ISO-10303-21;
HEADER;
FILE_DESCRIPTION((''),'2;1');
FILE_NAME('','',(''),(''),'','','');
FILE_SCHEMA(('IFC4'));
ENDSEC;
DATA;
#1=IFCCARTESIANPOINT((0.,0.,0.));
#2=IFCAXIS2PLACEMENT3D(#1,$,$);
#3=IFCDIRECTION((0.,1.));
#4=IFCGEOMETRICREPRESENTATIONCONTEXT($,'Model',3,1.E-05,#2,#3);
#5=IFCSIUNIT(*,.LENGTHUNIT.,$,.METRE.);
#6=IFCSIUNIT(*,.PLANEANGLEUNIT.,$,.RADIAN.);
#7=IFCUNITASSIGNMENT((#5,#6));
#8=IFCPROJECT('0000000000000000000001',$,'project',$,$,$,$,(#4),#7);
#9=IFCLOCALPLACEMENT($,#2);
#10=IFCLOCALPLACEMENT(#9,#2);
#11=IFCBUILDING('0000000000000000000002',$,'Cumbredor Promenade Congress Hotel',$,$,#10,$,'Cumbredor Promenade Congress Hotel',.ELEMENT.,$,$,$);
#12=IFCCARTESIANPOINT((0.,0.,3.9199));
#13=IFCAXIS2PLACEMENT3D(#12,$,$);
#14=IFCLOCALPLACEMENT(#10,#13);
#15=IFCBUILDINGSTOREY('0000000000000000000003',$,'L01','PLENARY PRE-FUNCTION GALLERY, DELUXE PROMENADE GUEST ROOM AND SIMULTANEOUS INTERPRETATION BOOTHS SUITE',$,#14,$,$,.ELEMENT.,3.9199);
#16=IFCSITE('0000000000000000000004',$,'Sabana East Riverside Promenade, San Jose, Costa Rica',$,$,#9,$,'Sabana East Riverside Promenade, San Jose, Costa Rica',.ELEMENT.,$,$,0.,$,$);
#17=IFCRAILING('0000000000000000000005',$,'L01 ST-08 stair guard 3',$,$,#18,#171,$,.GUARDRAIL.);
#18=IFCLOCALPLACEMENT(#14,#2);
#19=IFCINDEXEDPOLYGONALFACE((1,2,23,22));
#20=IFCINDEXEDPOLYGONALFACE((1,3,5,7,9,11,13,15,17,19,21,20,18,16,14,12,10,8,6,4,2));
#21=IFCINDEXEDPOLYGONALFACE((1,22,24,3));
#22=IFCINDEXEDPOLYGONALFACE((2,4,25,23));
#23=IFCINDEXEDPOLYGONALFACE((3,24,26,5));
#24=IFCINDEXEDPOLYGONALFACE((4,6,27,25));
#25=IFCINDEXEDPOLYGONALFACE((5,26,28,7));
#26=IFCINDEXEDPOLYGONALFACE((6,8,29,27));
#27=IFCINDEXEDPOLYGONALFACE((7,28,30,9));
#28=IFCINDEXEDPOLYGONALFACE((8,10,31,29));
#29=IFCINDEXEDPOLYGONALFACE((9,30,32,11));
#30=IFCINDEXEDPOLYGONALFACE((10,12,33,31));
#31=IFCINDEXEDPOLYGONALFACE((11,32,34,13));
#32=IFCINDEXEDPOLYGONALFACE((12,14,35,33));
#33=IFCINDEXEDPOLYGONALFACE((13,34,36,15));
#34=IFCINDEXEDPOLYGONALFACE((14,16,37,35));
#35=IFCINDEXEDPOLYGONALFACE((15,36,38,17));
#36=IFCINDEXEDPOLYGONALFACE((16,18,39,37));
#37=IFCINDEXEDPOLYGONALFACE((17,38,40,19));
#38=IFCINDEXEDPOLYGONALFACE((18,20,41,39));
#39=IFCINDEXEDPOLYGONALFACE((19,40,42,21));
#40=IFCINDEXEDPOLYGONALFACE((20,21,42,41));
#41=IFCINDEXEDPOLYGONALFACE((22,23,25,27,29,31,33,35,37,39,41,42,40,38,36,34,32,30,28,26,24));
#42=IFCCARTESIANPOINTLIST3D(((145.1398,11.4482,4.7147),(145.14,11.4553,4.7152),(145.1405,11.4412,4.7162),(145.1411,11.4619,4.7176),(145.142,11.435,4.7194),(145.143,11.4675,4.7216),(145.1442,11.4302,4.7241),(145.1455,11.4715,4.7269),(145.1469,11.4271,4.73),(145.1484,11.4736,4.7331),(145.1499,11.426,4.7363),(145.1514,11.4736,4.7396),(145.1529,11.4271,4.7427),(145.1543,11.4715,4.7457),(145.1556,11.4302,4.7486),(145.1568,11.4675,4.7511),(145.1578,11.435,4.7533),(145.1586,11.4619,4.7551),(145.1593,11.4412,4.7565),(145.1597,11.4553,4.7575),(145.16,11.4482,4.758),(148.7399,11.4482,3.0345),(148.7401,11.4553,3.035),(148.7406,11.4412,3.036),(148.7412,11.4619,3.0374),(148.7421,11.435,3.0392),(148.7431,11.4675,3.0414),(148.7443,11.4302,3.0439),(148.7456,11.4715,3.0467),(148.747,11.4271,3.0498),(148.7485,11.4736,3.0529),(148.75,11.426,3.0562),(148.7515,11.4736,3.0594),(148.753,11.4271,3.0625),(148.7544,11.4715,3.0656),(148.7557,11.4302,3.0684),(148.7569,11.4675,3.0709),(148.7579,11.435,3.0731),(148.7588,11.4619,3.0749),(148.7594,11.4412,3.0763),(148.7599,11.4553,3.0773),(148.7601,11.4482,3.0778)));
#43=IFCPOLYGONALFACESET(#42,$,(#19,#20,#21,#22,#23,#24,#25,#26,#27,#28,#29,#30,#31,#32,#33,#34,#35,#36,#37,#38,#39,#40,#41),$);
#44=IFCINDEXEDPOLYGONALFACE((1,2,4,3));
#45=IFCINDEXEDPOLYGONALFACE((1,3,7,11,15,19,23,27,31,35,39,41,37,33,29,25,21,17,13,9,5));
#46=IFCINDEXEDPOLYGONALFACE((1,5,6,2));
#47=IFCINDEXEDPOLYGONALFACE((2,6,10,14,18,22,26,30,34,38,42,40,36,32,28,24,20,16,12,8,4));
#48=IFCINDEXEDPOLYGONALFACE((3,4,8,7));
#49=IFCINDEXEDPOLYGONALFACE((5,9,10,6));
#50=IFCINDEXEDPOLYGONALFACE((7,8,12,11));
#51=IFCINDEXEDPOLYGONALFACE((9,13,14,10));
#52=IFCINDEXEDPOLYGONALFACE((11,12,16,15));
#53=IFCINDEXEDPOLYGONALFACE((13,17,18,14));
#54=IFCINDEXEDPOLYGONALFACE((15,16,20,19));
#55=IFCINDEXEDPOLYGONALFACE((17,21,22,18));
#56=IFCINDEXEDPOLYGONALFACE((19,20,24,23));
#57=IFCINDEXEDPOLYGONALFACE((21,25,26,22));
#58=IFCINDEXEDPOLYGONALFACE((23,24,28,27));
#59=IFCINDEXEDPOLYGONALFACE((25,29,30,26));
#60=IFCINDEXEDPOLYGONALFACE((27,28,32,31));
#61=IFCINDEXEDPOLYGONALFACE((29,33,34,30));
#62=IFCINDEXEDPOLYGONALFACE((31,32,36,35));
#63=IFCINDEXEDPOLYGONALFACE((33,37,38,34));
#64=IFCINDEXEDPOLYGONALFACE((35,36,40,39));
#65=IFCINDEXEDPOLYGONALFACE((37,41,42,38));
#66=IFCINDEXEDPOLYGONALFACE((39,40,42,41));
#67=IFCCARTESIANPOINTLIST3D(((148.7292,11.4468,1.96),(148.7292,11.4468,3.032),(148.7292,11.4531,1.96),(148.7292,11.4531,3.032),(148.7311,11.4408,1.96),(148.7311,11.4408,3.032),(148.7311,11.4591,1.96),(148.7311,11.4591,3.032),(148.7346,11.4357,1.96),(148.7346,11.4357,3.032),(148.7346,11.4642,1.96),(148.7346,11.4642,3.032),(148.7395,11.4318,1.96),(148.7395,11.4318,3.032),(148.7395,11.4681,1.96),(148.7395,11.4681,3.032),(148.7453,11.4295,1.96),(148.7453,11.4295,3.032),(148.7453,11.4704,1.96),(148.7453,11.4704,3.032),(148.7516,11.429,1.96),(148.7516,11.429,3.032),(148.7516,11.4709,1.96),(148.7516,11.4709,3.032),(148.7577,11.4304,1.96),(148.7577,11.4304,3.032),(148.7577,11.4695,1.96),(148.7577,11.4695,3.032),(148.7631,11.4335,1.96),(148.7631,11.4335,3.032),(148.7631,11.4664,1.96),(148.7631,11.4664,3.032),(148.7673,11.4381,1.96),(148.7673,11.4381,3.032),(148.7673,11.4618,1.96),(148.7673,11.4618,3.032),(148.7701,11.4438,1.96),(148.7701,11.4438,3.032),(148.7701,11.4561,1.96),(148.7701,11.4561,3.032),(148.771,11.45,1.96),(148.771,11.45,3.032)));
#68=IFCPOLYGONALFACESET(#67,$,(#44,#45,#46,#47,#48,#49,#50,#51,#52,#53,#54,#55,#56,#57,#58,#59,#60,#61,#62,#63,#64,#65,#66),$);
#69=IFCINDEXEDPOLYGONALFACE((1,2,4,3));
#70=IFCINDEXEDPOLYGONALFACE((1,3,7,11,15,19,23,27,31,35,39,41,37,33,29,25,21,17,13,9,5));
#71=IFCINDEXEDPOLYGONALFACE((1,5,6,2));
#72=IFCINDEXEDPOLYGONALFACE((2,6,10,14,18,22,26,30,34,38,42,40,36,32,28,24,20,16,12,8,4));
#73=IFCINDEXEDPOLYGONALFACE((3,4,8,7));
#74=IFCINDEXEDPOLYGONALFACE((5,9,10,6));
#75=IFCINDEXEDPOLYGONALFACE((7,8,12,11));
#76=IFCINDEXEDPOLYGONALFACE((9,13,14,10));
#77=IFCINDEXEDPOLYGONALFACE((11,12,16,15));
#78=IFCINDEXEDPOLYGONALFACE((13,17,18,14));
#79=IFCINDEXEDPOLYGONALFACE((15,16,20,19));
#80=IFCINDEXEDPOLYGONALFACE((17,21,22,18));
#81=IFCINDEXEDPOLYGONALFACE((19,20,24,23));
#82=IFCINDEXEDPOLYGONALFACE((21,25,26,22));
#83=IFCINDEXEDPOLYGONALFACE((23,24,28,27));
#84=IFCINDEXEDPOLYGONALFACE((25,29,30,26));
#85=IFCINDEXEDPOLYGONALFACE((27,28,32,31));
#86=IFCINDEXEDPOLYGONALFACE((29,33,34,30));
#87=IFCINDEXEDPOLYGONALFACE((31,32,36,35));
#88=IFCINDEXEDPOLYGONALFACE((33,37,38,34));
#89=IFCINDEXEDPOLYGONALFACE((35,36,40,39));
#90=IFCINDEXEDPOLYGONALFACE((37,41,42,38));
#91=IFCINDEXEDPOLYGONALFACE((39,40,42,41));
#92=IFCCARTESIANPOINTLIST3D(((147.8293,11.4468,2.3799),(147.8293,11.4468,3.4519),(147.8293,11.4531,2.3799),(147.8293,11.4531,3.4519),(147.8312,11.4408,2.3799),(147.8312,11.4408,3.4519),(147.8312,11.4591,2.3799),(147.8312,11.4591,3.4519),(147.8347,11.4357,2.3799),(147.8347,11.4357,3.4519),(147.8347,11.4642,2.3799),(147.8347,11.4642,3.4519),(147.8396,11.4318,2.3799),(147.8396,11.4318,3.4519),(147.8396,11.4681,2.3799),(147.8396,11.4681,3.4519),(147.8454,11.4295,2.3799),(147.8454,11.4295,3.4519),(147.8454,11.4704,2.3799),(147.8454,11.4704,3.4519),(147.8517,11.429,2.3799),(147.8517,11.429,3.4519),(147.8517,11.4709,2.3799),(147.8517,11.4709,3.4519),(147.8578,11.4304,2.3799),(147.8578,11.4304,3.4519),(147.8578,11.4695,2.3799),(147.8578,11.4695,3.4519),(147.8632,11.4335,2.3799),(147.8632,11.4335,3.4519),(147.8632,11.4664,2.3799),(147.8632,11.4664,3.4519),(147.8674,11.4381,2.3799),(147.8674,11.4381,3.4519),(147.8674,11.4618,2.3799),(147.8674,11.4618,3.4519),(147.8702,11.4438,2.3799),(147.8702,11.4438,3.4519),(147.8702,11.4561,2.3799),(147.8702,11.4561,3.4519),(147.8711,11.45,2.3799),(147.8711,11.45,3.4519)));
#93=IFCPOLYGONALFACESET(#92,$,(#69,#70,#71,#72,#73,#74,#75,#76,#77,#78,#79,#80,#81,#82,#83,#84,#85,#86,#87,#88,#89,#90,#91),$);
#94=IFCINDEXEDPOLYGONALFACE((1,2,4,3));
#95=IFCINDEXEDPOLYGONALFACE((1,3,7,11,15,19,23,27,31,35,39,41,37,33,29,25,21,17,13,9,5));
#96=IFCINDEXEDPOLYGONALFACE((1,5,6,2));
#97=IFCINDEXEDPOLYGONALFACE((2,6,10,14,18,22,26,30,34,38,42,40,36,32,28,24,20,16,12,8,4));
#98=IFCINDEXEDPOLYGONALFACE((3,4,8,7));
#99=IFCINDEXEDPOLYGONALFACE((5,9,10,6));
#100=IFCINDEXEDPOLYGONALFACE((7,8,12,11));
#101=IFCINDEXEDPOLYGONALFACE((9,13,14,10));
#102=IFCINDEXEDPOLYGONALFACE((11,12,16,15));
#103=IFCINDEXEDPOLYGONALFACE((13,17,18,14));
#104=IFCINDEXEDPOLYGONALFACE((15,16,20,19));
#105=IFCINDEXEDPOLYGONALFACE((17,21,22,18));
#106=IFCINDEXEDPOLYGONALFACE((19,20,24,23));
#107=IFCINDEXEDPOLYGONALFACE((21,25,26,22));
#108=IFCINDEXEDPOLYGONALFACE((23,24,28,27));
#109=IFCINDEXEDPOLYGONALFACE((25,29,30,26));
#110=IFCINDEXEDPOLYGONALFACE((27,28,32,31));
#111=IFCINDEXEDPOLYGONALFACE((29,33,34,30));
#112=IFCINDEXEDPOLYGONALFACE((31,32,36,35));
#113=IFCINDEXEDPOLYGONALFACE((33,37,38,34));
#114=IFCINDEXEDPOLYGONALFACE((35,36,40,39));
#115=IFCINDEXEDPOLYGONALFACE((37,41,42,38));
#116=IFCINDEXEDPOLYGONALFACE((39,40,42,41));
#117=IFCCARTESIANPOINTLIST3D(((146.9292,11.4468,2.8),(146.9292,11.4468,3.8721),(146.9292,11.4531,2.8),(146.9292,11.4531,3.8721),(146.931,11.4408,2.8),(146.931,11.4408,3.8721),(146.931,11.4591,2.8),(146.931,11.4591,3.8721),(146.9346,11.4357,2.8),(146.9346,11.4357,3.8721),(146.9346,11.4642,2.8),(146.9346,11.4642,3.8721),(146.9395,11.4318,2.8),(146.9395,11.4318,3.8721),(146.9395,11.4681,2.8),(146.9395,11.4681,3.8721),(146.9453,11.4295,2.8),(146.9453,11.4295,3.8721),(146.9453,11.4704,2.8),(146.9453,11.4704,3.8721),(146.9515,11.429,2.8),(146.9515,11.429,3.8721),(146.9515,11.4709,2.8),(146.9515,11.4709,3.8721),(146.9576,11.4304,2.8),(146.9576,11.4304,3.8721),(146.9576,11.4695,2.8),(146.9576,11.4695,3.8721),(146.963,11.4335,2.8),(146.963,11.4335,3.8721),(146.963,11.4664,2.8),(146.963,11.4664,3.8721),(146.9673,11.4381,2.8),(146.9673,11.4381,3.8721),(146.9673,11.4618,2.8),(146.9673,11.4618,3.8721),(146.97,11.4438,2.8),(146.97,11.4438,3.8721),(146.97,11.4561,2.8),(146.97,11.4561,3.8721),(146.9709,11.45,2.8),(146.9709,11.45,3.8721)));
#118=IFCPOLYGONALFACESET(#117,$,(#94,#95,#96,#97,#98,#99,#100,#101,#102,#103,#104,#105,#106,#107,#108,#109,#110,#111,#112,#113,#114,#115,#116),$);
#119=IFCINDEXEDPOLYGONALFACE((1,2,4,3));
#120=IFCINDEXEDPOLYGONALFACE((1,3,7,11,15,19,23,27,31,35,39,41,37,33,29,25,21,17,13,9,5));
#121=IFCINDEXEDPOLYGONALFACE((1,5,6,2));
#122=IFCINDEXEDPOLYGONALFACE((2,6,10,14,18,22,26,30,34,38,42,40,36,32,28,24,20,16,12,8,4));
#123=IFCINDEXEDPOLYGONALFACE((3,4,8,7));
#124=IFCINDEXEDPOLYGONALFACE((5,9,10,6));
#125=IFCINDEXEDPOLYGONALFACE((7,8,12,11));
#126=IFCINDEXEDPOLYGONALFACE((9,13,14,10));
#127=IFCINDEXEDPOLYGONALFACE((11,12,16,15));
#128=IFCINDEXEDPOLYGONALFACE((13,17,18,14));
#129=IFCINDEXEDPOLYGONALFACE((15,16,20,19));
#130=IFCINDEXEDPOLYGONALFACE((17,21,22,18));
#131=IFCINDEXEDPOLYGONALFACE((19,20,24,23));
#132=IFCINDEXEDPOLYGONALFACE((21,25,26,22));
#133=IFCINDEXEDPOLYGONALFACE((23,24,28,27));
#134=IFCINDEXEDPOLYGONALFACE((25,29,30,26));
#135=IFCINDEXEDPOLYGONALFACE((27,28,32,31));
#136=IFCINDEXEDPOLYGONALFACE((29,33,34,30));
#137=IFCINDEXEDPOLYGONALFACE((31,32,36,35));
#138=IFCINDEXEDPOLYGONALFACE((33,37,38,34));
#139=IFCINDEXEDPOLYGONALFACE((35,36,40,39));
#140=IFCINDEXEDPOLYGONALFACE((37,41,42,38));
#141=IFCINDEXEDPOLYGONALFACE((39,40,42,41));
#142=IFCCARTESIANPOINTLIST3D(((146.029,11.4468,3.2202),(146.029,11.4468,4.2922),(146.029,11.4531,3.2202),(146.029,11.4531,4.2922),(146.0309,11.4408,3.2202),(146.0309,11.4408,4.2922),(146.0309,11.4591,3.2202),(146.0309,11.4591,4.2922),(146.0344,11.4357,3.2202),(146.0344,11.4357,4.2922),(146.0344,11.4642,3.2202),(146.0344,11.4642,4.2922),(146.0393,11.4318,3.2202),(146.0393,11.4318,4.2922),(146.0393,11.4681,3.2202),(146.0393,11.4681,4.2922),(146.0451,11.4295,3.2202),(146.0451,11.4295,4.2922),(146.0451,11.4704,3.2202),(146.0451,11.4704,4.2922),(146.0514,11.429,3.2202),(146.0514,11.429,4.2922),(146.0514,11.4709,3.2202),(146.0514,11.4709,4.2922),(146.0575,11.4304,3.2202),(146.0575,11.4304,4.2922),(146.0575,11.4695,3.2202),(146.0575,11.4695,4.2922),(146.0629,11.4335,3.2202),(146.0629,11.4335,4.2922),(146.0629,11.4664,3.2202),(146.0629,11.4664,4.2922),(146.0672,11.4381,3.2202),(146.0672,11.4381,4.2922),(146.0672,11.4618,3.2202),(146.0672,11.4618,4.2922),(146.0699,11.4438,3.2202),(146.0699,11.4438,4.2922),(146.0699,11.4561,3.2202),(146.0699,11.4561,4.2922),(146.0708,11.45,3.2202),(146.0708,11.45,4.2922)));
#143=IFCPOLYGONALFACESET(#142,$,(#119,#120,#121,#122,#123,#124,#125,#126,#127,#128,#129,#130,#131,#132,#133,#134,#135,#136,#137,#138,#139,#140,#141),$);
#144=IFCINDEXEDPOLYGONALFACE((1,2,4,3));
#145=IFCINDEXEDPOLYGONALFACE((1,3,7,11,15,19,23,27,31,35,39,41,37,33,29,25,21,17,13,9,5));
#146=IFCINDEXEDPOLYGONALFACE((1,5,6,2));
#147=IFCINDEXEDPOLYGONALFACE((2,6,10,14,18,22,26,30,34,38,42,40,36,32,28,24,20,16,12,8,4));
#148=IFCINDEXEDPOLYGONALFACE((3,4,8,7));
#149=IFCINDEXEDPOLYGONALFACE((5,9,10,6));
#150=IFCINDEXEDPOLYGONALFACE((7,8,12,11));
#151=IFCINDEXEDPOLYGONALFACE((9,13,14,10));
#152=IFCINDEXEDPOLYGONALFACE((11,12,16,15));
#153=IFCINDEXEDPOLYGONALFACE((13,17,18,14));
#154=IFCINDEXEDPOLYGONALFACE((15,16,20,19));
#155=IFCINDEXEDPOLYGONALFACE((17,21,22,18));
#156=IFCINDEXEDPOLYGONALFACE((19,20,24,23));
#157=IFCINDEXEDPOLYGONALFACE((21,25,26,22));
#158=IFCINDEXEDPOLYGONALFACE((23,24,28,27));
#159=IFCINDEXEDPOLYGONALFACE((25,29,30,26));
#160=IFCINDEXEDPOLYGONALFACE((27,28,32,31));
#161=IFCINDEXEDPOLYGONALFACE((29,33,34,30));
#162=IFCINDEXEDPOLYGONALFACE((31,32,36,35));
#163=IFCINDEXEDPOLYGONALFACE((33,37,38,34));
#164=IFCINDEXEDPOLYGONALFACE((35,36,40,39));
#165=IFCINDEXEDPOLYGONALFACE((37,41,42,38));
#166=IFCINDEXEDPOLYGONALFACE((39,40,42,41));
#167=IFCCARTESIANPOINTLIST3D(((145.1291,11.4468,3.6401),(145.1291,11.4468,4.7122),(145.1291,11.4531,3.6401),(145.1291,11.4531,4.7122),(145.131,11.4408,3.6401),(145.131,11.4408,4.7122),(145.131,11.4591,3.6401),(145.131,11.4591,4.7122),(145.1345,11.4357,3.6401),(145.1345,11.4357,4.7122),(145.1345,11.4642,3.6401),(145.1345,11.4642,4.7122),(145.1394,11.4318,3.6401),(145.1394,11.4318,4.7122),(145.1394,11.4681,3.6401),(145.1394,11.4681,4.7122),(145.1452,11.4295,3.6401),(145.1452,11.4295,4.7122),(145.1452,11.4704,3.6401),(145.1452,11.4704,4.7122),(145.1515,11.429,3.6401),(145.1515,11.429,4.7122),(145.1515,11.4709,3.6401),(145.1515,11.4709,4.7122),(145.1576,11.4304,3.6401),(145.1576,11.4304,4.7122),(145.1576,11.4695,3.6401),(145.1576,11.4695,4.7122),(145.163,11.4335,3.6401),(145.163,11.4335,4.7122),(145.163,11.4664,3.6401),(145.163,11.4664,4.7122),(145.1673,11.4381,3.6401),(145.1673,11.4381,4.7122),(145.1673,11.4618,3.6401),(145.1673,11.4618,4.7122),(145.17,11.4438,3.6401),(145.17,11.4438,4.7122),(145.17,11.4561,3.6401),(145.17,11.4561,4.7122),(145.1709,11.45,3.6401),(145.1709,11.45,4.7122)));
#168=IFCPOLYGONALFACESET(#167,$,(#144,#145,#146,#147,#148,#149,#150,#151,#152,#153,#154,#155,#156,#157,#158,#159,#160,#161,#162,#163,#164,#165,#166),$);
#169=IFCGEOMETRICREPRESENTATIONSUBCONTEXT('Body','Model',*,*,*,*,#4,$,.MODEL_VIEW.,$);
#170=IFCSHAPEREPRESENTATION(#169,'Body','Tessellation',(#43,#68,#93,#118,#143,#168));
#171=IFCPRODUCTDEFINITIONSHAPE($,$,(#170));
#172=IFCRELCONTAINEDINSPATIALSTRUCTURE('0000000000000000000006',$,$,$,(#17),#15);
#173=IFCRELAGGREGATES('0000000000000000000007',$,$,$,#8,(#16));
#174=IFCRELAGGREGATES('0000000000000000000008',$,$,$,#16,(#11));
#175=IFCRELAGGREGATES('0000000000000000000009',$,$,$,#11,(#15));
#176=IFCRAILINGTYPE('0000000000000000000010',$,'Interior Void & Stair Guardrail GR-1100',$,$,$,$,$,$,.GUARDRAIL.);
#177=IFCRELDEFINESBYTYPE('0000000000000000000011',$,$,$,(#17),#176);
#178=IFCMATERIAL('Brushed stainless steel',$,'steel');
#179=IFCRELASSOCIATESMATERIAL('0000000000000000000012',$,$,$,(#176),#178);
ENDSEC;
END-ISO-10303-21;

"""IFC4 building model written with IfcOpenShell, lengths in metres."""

from ifc_helpers import new_model, si_unit, direction, frame, origin, origin_2d, place, context, subcontext, project, spatial, circle, extrude, material, type_object, element, save


model = new_model("IFC4")

# Units and contexts
model_context = context("Model", 3, precision=1e-05, world=origin(), true_north=direction((0.0, 1.0)))
body_context = subcontext(model_context, "Body", "Model", "MODEL_VIEW")
ifc_project = project(units=[si_unit("LENGTHUNIT", "METRE"), si_unit("PLANEANGLEUNIT", "RADIAN")], contexts=[model_context])

# Site, building, storey
site_placement = place(None, origin())
site = spatial("IfcSite", under=ifc_project, at=site_placement, Name="Sabana East Riverside Promenade, San Jose, Costa Rica", LongName="Sabana East Riverside Promenade, San Jose, Costa Rica", CompositionType="ELEMENT", RefElevation=0.0)
building_placement = place(site_placement, origin())
building = spatial("IfcBuilding", under=site, at=building_placement, Name="Cumbredor Promenade Congress Hotel", LongName="Cumbredor Promenade Congress Hotel", CompositionType="ELEMENT")
storey_placement = place(building_placement, frame((0.0, 0.0, 3.9199)))
storey = spatial("IfcBuildingStorey", under=building, at=storey_placement, Name="L01", Description="PLENARY PRE-FUNCTION GALLERY, DELUXE PROMENADE GUEST ROOM AND SIMULTANEOUS INTERPRETATION BOOTHS SUITE", CompositionType="ELEMENT", Elevation=3.9199)

# Shared definitions
ifc_material_1 = material(Name="Brushed stainless steel", Category="steel")

# Railing
railing_type_1 = type_object("IfcRailingType", Name="Interior Void & Stair Guardrail GR-1100", PredefinedType="GUARDRAIL", material=ifc_material_1)
railing_1_placement = place(storey_placement, frame((148.75, 11.45, 1.96)))
element("IfcRailing", 1, at=railing_1_placement, inside=storey, type_object=railing_type_1, Name="L01 ST-08 stair guard 3", PredefinedType="GUARDRAIL", context=body_context, shape_type="SweptSolid", body=[
    extrude(circle(Radius=0.0239, at=origin_2d()), frame((0.0, 0.0, 1.0962), z_axis=(-0.906171, 0.0, 0.422912), x_axis=(0.0, -1.0, 0.0)), (0.0, 0.0, 1.0), 3.9729),
    extrude(circle(Radius=0.021, at=origin_2d()), origin(), (0.0, 0.0, 1.0), 1.072),
    extrude(circle(Radius=0.021, at=origin_2d()), frame((-0.8999, 0.0, 0.4199)), (0.0, 0.0, 1.0), 1.072),
    extrude(circle(Radius=0.021, at=origin_2d()), frame((-1.8, 0.0, 0.8401)), (0.0, 0.0, 1.0), 1.072),
    extrude(circle(Radius=0.021, at=origin_2d()), frame((-2.7002, 0.0, 1.2603)), (0.0, 0.0, 1.0), 1.072),
    extrude(circle(Radius=0.021, at=origin_2d()), frame((-3.6001, 0.0, 1.6802)), (0.0, 0.0, 1.0), 1.072),
])

save(model, "model.ifc")
